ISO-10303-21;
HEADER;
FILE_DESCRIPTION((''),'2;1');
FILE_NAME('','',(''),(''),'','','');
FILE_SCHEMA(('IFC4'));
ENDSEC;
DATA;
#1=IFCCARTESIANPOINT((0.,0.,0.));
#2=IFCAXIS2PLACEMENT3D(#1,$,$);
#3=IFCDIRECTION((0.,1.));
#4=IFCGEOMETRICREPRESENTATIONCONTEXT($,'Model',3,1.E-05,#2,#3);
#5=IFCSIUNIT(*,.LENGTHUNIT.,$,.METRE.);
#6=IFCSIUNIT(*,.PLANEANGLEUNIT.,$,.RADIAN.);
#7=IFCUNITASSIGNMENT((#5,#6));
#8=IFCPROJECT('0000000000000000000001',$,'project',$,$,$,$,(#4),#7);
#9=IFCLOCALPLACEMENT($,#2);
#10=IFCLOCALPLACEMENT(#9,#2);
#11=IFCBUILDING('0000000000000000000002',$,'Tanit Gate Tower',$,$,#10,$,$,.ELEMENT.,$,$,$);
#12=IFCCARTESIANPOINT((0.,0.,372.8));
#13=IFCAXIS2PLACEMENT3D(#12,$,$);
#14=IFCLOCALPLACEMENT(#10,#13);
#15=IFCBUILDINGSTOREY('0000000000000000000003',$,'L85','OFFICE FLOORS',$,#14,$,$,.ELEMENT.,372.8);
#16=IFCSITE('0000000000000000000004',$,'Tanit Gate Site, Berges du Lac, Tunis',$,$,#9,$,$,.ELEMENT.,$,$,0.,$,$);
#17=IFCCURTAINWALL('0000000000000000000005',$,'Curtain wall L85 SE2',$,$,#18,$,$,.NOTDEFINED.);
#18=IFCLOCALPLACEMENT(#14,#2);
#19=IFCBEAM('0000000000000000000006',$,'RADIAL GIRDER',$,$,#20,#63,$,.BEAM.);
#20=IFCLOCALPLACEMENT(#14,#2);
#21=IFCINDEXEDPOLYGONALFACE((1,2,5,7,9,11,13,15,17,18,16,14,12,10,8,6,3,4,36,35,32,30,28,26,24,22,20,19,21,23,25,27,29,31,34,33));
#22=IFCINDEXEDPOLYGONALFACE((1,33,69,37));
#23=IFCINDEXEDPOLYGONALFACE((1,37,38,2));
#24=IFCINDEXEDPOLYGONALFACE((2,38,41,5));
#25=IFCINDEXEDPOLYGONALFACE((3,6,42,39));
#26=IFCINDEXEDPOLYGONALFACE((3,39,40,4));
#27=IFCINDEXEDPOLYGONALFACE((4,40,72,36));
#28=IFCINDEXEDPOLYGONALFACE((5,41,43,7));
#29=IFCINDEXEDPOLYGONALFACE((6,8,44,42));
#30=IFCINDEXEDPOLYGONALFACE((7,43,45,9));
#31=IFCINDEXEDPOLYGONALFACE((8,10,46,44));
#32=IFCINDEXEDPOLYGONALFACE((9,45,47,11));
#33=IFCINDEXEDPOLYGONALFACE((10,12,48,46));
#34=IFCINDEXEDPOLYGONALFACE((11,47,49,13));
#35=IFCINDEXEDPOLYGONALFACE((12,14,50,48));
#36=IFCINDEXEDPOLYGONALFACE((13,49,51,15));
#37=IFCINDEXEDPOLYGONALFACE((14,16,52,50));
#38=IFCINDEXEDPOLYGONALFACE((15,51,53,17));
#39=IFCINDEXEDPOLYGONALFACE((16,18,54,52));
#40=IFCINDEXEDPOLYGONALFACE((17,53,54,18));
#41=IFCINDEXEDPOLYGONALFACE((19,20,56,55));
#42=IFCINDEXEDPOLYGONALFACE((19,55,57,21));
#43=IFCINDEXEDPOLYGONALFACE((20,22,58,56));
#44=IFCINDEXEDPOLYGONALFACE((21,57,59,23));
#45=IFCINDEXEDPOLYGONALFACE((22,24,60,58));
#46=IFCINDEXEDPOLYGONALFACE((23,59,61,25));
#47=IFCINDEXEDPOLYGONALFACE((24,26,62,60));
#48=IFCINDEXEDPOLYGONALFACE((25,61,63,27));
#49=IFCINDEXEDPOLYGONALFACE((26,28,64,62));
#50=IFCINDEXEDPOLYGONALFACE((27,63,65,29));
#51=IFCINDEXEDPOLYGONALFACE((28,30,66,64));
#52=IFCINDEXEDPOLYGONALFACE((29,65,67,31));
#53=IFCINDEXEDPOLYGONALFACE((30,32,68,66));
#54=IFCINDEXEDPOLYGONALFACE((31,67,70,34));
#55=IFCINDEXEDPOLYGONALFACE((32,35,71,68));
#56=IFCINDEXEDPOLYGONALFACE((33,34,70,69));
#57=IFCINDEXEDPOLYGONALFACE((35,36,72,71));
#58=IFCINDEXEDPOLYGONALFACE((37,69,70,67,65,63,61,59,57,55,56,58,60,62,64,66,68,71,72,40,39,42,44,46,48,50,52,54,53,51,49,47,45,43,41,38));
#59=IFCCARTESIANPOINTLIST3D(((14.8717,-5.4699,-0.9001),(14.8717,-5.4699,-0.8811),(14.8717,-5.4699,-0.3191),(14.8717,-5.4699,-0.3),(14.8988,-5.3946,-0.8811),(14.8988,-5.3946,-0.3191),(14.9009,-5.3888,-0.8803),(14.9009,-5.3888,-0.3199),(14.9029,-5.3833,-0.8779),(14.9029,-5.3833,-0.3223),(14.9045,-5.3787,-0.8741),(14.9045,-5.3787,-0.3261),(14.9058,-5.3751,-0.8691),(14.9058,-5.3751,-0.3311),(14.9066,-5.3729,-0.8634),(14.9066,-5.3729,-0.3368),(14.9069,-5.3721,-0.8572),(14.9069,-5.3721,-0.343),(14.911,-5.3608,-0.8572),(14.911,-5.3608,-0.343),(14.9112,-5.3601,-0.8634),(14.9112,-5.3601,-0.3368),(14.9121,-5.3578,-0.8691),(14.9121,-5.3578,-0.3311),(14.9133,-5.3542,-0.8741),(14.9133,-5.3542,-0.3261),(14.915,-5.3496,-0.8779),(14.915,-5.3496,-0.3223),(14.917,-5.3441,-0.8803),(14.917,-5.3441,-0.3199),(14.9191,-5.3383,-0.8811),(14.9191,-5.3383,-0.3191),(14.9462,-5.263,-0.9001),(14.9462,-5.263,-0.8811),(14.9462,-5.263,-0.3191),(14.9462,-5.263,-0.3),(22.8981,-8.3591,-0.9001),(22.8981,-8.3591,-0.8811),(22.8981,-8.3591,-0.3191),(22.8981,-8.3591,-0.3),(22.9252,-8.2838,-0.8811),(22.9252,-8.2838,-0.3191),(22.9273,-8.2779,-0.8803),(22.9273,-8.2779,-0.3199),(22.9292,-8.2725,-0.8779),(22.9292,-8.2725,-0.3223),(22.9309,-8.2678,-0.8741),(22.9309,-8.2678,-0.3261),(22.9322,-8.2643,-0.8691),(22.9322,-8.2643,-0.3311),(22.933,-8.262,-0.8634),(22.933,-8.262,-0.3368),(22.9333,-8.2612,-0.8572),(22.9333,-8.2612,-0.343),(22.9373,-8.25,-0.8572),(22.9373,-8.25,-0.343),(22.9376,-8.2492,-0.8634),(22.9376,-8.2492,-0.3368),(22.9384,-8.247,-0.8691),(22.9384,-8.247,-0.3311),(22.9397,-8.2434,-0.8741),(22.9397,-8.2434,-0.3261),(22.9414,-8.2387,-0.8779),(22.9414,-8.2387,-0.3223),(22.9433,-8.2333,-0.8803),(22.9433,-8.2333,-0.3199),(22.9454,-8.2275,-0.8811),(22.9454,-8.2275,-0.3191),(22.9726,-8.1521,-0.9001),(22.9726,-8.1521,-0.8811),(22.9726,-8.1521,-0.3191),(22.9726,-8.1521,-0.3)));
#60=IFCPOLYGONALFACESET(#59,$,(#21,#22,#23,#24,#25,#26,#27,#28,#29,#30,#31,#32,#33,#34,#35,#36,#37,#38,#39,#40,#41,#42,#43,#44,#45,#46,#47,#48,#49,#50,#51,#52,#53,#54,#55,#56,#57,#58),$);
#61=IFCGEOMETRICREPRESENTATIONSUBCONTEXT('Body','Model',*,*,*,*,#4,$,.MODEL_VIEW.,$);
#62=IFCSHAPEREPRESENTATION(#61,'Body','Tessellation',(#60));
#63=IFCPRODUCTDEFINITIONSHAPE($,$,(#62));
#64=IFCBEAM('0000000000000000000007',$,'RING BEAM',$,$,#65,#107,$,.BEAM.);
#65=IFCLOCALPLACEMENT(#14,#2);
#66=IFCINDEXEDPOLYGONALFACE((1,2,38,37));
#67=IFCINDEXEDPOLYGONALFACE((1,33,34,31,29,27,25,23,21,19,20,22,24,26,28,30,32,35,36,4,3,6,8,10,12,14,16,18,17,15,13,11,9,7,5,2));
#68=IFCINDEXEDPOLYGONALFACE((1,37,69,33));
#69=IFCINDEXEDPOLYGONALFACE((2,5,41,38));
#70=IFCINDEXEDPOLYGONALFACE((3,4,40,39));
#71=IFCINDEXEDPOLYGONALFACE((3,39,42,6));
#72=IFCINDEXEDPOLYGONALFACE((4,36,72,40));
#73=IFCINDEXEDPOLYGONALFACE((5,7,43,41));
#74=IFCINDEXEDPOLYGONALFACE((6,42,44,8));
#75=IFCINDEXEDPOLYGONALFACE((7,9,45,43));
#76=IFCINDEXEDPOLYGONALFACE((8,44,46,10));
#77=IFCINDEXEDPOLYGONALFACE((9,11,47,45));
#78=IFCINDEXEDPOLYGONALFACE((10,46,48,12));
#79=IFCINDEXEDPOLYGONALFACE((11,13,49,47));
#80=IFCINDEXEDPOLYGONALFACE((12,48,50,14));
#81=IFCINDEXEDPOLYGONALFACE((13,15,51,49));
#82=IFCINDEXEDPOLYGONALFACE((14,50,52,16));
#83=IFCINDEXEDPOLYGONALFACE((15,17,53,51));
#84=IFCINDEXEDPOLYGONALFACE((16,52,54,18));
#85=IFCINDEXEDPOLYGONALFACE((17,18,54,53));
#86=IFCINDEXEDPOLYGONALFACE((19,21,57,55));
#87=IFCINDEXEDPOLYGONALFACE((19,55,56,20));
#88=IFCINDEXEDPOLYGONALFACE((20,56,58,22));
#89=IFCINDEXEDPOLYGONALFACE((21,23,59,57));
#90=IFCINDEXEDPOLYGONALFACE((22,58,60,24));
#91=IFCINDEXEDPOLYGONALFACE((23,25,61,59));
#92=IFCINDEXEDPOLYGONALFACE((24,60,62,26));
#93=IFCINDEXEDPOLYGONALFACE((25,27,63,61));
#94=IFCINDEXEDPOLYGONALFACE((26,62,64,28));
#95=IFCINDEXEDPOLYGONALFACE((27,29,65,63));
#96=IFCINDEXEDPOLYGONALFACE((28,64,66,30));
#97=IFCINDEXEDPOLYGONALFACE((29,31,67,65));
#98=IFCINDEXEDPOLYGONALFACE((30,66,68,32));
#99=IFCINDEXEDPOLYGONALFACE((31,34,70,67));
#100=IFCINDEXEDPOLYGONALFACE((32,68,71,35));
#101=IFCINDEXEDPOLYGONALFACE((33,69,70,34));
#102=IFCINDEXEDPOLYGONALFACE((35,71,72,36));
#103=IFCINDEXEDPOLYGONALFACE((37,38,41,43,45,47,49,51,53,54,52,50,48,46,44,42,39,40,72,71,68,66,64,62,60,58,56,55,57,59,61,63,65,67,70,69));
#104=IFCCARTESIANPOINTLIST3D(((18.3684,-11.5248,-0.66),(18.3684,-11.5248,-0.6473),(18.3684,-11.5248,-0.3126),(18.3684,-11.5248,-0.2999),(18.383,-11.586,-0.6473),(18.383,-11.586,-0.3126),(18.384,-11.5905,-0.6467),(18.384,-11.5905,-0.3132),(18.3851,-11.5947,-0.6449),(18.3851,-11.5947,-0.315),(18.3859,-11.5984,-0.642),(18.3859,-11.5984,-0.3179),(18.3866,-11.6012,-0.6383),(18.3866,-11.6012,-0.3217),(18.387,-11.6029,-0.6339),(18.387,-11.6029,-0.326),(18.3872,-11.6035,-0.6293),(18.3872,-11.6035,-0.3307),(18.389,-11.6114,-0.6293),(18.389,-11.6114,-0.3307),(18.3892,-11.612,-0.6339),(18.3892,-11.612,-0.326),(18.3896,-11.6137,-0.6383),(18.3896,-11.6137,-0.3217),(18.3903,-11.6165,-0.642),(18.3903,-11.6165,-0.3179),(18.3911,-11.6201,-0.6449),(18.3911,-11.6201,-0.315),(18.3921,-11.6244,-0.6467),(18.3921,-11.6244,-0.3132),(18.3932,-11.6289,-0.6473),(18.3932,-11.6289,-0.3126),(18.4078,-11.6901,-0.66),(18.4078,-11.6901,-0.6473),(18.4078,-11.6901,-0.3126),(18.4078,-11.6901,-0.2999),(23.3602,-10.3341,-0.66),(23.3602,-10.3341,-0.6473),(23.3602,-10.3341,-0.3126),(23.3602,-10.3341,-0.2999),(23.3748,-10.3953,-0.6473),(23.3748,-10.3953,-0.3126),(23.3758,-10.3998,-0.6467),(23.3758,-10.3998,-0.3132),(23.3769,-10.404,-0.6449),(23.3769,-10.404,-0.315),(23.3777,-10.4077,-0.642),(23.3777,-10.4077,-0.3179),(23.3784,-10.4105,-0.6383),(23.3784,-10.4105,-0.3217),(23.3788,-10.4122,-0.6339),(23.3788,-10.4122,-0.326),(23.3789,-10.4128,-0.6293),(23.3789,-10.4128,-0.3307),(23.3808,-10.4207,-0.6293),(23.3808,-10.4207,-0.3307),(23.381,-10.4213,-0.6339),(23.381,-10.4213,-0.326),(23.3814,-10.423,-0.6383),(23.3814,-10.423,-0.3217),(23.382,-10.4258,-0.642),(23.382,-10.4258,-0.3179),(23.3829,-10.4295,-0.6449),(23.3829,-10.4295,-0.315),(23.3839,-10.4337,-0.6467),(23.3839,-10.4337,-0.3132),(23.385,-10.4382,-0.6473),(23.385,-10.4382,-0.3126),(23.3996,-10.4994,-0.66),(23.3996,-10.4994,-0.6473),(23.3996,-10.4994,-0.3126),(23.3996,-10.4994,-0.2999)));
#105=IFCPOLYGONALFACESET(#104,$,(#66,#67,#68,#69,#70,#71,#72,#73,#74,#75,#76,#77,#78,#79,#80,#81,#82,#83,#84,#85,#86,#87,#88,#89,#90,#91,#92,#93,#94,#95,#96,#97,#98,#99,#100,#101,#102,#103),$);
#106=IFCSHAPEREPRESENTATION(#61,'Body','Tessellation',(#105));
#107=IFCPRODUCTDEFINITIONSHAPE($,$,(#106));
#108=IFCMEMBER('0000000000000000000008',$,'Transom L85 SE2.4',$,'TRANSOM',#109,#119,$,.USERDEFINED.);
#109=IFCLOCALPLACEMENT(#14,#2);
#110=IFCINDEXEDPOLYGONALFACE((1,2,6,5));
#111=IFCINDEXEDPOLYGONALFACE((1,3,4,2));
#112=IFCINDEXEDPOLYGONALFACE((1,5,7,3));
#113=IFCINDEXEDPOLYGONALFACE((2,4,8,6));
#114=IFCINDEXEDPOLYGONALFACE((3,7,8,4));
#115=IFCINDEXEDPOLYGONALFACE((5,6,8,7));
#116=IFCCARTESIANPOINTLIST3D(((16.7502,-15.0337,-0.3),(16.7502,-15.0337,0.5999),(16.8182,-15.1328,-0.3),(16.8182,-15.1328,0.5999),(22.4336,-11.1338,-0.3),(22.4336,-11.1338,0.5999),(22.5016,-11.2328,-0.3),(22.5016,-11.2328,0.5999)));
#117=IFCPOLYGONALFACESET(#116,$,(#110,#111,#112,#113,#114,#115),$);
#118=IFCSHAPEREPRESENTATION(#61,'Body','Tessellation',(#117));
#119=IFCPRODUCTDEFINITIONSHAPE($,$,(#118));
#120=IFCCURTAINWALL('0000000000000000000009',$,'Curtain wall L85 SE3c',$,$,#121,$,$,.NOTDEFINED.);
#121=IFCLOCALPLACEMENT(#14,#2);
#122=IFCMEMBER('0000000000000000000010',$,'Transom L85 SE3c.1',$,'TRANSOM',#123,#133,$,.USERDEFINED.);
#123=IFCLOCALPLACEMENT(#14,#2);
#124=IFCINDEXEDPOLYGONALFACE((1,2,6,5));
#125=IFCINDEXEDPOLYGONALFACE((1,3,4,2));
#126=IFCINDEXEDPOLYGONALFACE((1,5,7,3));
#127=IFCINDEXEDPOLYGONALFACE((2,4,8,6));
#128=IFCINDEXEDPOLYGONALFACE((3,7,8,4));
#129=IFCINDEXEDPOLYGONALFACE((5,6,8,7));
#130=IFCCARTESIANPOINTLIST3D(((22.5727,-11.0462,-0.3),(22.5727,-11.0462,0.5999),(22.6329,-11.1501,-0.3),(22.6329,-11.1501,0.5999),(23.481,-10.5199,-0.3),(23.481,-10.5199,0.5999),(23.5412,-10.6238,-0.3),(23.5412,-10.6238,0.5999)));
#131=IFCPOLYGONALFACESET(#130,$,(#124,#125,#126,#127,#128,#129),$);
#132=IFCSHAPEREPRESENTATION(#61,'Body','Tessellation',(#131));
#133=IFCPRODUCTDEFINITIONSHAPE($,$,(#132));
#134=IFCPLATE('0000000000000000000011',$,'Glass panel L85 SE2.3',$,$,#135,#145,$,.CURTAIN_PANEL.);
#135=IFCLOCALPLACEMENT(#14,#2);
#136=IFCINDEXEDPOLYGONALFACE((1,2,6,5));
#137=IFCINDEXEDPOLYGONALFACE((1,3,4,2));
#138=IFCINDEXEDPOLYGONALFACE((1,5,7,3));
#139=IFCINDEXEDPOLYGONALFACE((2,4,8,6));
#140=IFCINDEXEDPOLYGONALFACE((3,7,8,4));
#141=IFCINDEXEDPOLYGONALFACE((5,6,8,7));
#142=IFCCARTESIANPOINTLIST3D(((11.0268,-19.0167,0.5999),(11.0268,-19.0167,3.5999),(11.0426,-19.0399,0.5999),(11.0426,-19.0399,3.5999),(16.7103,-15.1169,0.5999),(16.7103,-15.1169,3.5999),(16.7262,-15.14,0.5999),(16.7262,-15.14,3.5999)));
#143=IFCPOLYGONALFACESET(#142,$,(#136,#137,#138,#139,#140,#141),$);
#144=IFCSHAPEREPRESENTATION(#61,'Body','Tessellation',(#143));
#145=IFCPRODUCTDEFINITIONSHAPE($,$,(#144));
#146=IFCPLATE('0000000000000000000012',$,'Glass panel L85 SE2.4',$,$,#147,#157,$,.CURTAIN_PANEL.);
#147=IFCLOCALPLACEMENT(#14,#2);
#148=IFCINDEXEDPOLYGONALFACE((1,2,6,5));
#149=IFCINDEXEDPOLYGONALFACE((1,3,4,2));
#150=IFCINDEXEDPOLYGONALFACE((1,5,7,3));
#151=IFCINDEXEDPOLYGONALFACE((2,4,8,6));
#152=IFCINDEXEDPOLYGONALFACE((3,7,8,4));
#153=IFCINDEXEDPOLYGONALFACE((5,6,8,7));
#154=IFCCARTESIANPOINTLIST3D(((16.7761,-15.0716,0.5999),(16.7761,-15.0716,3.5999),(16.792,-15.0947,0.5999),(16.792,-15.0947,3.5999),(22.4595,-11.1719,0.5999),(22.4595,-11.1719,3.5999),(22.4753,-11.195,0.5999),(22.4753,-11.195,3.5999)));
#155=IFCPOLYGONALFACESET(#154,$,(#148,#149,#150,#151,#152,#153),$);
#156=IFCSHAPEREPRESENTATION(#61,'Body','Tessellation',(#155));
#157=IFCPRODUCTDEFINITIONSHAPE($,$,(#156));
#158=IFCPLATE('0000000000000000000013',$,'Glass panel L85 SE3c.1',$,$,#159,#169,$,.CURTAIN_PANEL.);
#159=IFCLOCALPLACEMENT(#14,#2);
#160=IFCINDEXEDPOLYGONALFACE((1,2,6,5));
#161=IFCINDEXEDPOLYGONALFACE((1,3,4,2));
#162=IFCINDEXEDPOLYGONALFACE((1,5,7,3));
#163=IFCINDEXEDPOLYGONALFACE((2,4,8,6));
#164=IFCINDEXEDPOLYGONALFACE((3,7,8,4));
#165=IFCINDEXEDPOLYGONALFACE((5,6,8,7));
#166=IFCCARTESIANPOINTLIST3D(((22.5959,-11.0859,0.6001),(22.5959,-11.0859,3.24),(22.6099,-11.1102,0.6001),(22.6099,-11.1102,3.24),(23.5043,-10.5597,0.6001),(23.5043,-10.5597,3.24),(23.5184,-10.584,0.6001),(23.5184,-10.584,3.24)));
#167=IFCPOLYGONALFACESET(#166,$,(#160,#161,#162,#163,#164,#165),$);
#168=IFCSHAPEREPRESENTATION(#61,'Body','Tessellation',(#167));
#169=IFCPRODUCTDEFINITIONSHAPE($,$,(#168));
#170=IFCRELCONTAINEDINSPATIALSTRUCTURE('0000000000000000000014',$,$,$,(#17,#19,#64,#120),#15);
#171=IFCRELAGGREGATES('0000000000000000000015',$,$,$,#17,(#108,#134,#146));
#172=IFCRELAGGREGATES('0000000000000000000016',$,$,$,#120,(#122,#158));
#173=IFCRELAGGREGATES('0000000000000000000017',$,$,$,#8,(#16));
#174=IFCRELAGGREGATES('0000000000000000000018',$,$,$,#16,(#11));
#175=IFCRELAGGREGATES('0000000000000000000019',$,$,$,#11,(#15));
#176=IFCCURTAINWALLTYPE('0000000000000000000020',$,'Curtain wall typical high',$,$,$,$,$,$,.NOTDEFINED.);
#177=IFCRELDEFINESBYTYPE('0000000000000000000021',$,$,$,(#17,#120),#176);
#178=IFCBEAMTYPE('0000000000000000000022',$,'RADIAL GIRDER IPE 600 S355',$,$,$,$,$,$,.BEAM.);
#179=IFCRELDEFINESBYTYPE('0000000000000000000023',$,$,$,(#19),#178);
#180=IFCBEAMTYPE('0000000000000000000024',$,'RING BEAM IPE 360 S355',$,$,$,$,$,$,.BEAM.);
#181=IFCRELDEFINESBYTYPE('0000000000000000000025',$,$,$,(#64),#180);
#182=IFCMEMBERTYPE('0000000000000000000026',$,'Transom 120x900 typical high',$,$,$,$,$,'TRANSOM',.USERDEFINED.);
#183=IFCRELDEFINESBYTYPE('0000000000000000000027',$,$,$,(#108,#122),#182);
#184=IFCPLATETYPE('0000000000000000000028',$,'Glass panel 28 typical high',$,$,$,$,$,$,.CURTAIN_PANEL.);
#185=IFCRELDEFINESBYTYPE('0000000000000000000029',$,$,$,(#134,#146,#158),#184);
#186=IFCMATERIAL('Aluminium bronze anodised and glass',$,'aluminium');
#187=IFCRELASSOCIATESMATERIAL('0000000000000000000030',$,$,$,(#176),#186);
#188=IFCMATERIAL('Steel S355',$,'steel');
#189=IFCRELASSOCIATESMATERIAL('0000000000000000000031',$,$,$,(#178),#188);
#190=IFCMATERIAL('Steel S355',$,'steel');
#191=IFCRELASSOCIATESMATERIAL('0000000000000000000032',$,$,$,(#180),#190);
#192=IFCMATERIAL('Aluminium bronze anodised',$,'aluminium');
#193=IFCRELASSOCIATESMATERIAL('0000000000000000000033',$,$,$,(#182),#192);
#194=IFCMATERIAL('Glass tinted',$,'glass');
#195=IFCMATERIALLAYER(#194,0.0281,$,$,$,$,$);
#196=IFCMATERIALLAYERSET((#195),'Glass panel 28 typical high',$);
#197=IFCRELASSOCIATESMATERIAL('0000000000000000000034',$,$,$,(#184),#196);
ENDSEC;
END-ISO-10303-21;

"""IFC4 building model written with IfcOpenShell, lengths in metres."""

from ifc_helpers import new_model, si_unit, direction, frame, origin, origin_2d, place, context, subcontext, project, spatial, rectangle, i_section, extrude, material, layer, layer_set, material_profile, profile_set, type_object, element, aggregate, save


model = new_model("IFC4")

# Units and contexts
model_context = context("Model", 3, precision=1e-05, world=origin(), true_north=direction((0.0, 1.0)))
body_context = subcontext(model_context, "Body", "Model", "MODEL_VIEW")
ifc_project = project(units=[si_unit("LENGTHUNIT", "METRE"), si_unit("PLANEANGLEUNIT", "RADIAN")], contexts=[model_context])

# Site, building, storey
site_placement = place(None, origin())
site = spatial("IfcSite", under=ifc_project, at=site_placement, Name="Tanit Gate Site, Berges du Lac, Tunis", CompositionType="ELEMENT", RefElevation=0.0)
building_placement = place(site_placement, origin())
building = spatial("IfcBuilding", under=site, at=building_placement, Name="Tanit Gate Tower", CompositionType="ELEMENT")
storey_placement = place(building_placement, frame((0.0, 0.0, 372.8)))
storey = spatial("IfcBuildingStorey", under=building, at=storey_placement, Name="L85", Description="OFFICE FLOORS", CompositionType="ELEMENT", Elevation=372.8)

# Curtain wall
ifc_material_1 = material(Name="Aluminium bronze anodised and glass", Category="aluminium")
curtain_wall_type = type_object("IfcCurtainWallType", Name="Curtain wall typical high", PredefinedType="NOTDEFINED", material=ifc_material_1)
curtain_wall_1_placement = place(storey_placement, origin())
curtain_wall_1 = element("IfcCurtainWall", 1, at=curtain_wall_1_placement, inside=storey, type_object=curtain_wall_type, Name="Curtain wall L85 SE2", PredefinedType="NOTDEFINED")

# Beams
ifc_material_2 = material(Name="Steel S355", Category="steel")
ifc_material_profile_1 = material_profile(ifc_material_2, i_section(OverallWidth=0.22, OverallDepth=0.6001, WebThickness=0.012, FlangeThickness=0.019, FilletRadius=0.0239, at=origin_2d()), Name="IPE 600")
ifc_profile_set_1 = profile_set([ifc_material_profile_1], Name="Steel S355")
beam_type_1 = type_object("IfcBeamType", Name="RADIAL GIRDER IPE 600 S355", PredefinedType="BEAM", material=ifc_profile_set_1)
beam_1_placement = place(storey_placement, frame((22.9353, -8.2556, -0.6001), z_axis=(-0.9409, 0.338685, 0.0), x_axis=(-0.338685, -0.9409, 0.0)))
element("IfcBeam", 2, at=beam_1_placement, inside=storey, type_object=beam_type_1, Name="RADIAL GIRDER", PredefinedType="BEAM", context=body_context, shape_type="SweptSolid", body=[
    extrude(i_section(OverallWidth=0.22, OverallDepth=0.6001, WebThickness=0.012, FlangeThickness=0.019, FilletRadius=0.0239, at=origin_2d()), origin(), (0.0, 0.0, 1.0), 8.5305),
])
ifc_material_3 = material(Name="Steel S355", Category="steel")
ifc_material_profile_2 = material_profile(ifc_material_3, i_section(OverallWidth=0.1699, OverallDepth=0.3601, WebThickness=0.0081, FlangeThickness=0.0127, FilletRadius=0.0181, at=origin_2d()), Name="IPE 360")
ifc_profile_set_2 = profile_set([ifc_material_profile_2], Name="Steel S355")
beam_type_2 = type_object("IfcBeamType", Name="RING BEAM IPE 360 S355", PredefinedType="BEAM", material=ifc_profile_set_2)
beam_2_placement = place(storey_placement, frame((23.3799, -10.4167, -0.48), z_axis=(-0.972711, -0.232021, 0.0), x_axis=(0.232021, -0.972711, 0.0)))
element("IfcBeam", 3, at=beam_2_placement, inside=storey, type_object=beam_type_2, Name="RING BEAM", PredefinedType="BEAM", context=body_context, shape_type="SweptSolid", body=[
    extrude(i_section(OverallWidth=0.1699, OverallDepth=0.3601, WebThickness=0.0081, FlangeThickness=0.0127, FilletRadius=0.0181, at=origin_2d()), origin(), (0.0, 0.0, 1.0), 5.1318),
])

# Member
ifc_material_4 = material(Name="Aluminium bronze anodised", Category="aluminium")
ifc_material_profile_3 = material_profile(ifc_material_4, rectangle(XDim=0.1201, YDim=0.8999, at=origin_2d()), Name="120x900 bronze transom")
ifc_profile_set_3 = profile_set([ifc_material_profile_3], Name="Aluminium bronze anodised")
member_type_1 = type_object("IfcMemberType", Name="Transom 120x900 typical high", ElementType="TRANSOM", PredefinedType="USERDEFINED", material=ifc_profile_set_3)
member_1_placement = place(storey_placement, frame((16.7842, -15.0833, 0.1499), z_axis=(0.824543, 0.5658, 0.0), x_axis=(-0.5658, 0.824543, 0.0)))
member_1 = element("IfcMember", 4, at=member_1_placement, type_object=member_type_1, Name="Transom L85 SE2.4", ObjectType="TRANSOM", PredefinedType="USERDEFINED", context=body_context, shape_type="SweptSolid", body=[
    extrude(rectangle(XDim=0.1201, YDim=0.8999, at=origin_2d()), origin(), (0.0, 0.0, 1.0), 6.8928),
])

# Curtain wall, member
curtain_wall_2_placement = place(storey_placement, origin())
curtain_wall_2 = element("IfcCurtainWall", 5, at=curtain_wall_2_placement, inside=storey, type_object=curtain_wall_type, Name="Curtain wall L85 SE3c", PredefinedType="NOTDEFINED")
member_2_placement = place(storey_placement, frame((22.6028, -11.0981, 0.1499), z_axis=(0.865251, 0.501339, 0.0), x_axis=(-0.501339, 0.865251, 0.0)))
member_2 = element("IfcMember", 6, at=member_2_placement, type_object=member_type_1, Name="Transom L85 SE3c.1", ObjectType="TRANSOM", PredefinedType="USERDEFINED", context=body_context, shape_type="SweptSolid", body=[
    extrude(rectangle(XDim=0.1201, YDim=0.8999, at=origin_2d()), origin(), (0.0, 0.0, 1.0), 1.0498),
])

# Plates
ifc_material_5 = material(Name="Glass tinted", Category="glass")
ifc_layer_1 = layer(ifc_material_5, 0.0281)
ifc_layer_set_1 = layer_set([ifc_layer_1], Name="Glass panel 28 typical high")
plate_type = type_object("IfcPlateType", Name="Glass panel 28 typical high", PredefinedType="CURTAIN_PANEL", material=ifc_layer_set_1)
plate_1_placement = place(storey_placement, frame((13.8765, -17.0784, 0.5999), z_axis=(0.0, 0.0, 1.0), x_axis=(0.824557, 0.56578, 0.0)))
plate_1 = element("IfcPlate", 7, at=plate_1_placement, type_object=plate_type, Name="Glass panel L85 SE2.3", PredefinedType="CURTAIN_PANEL", context=body_context, shape_type="SweptSolid", body=[
    extrude(rectangle(XDim=6.8928, YDim=0.0281, at=origin_2d()), origin(), (0.0, 0.0, 1.0), 3.0),
])
plate_2_placement = place(storey_placement, frame((19.6257, -13.1333, 0.5999), z_axis=(0.0, 0.0, 1.0), x_axis=(0.824557, 0.56578, 0.0)))
plate_2 = element("IfcPlate", 8, at=plate_2_placement, type_object=plate_type, Name="Glass panel L85 SE2.4", PredefinedType="CURTAIN_PANEL", context=body_context, shape_type="SweptSolid", body=[
    extrude(rectangle(XDim=6.8926, YDim=0.0281, at=origin_2d()), origin(), (0.0, 0.0, 1.0), 3.0),
])
aggregate(curtain_wall_1, [member_1, plate_1, plate_2])
plate_3_placement = place(storey_placement, frame((23.0571, -10.835, 0.6001), z_axis=(0.0, 0.0, 1.0), x_axis=(0.865339, 0.501188, 0.0)))
plate_3 = element("IfcPlate", 9, at=plate_3_placement, type_object=plate_type, Name="Glass panel L85 SE3c.1", PredefinedType="CURTAIN_PANEL", context=body_context, shape_type="SweptSolid", body=[
    extrude(rectangle(XDim=1.0498, YDim=0.0281, at=origin_2d()), origin(), (0.0, 0.0, 1.0), 2.6399),
])
aggregate(curtain_wall_2, [member_2, plate_3])

save(model, "model.ifc")
